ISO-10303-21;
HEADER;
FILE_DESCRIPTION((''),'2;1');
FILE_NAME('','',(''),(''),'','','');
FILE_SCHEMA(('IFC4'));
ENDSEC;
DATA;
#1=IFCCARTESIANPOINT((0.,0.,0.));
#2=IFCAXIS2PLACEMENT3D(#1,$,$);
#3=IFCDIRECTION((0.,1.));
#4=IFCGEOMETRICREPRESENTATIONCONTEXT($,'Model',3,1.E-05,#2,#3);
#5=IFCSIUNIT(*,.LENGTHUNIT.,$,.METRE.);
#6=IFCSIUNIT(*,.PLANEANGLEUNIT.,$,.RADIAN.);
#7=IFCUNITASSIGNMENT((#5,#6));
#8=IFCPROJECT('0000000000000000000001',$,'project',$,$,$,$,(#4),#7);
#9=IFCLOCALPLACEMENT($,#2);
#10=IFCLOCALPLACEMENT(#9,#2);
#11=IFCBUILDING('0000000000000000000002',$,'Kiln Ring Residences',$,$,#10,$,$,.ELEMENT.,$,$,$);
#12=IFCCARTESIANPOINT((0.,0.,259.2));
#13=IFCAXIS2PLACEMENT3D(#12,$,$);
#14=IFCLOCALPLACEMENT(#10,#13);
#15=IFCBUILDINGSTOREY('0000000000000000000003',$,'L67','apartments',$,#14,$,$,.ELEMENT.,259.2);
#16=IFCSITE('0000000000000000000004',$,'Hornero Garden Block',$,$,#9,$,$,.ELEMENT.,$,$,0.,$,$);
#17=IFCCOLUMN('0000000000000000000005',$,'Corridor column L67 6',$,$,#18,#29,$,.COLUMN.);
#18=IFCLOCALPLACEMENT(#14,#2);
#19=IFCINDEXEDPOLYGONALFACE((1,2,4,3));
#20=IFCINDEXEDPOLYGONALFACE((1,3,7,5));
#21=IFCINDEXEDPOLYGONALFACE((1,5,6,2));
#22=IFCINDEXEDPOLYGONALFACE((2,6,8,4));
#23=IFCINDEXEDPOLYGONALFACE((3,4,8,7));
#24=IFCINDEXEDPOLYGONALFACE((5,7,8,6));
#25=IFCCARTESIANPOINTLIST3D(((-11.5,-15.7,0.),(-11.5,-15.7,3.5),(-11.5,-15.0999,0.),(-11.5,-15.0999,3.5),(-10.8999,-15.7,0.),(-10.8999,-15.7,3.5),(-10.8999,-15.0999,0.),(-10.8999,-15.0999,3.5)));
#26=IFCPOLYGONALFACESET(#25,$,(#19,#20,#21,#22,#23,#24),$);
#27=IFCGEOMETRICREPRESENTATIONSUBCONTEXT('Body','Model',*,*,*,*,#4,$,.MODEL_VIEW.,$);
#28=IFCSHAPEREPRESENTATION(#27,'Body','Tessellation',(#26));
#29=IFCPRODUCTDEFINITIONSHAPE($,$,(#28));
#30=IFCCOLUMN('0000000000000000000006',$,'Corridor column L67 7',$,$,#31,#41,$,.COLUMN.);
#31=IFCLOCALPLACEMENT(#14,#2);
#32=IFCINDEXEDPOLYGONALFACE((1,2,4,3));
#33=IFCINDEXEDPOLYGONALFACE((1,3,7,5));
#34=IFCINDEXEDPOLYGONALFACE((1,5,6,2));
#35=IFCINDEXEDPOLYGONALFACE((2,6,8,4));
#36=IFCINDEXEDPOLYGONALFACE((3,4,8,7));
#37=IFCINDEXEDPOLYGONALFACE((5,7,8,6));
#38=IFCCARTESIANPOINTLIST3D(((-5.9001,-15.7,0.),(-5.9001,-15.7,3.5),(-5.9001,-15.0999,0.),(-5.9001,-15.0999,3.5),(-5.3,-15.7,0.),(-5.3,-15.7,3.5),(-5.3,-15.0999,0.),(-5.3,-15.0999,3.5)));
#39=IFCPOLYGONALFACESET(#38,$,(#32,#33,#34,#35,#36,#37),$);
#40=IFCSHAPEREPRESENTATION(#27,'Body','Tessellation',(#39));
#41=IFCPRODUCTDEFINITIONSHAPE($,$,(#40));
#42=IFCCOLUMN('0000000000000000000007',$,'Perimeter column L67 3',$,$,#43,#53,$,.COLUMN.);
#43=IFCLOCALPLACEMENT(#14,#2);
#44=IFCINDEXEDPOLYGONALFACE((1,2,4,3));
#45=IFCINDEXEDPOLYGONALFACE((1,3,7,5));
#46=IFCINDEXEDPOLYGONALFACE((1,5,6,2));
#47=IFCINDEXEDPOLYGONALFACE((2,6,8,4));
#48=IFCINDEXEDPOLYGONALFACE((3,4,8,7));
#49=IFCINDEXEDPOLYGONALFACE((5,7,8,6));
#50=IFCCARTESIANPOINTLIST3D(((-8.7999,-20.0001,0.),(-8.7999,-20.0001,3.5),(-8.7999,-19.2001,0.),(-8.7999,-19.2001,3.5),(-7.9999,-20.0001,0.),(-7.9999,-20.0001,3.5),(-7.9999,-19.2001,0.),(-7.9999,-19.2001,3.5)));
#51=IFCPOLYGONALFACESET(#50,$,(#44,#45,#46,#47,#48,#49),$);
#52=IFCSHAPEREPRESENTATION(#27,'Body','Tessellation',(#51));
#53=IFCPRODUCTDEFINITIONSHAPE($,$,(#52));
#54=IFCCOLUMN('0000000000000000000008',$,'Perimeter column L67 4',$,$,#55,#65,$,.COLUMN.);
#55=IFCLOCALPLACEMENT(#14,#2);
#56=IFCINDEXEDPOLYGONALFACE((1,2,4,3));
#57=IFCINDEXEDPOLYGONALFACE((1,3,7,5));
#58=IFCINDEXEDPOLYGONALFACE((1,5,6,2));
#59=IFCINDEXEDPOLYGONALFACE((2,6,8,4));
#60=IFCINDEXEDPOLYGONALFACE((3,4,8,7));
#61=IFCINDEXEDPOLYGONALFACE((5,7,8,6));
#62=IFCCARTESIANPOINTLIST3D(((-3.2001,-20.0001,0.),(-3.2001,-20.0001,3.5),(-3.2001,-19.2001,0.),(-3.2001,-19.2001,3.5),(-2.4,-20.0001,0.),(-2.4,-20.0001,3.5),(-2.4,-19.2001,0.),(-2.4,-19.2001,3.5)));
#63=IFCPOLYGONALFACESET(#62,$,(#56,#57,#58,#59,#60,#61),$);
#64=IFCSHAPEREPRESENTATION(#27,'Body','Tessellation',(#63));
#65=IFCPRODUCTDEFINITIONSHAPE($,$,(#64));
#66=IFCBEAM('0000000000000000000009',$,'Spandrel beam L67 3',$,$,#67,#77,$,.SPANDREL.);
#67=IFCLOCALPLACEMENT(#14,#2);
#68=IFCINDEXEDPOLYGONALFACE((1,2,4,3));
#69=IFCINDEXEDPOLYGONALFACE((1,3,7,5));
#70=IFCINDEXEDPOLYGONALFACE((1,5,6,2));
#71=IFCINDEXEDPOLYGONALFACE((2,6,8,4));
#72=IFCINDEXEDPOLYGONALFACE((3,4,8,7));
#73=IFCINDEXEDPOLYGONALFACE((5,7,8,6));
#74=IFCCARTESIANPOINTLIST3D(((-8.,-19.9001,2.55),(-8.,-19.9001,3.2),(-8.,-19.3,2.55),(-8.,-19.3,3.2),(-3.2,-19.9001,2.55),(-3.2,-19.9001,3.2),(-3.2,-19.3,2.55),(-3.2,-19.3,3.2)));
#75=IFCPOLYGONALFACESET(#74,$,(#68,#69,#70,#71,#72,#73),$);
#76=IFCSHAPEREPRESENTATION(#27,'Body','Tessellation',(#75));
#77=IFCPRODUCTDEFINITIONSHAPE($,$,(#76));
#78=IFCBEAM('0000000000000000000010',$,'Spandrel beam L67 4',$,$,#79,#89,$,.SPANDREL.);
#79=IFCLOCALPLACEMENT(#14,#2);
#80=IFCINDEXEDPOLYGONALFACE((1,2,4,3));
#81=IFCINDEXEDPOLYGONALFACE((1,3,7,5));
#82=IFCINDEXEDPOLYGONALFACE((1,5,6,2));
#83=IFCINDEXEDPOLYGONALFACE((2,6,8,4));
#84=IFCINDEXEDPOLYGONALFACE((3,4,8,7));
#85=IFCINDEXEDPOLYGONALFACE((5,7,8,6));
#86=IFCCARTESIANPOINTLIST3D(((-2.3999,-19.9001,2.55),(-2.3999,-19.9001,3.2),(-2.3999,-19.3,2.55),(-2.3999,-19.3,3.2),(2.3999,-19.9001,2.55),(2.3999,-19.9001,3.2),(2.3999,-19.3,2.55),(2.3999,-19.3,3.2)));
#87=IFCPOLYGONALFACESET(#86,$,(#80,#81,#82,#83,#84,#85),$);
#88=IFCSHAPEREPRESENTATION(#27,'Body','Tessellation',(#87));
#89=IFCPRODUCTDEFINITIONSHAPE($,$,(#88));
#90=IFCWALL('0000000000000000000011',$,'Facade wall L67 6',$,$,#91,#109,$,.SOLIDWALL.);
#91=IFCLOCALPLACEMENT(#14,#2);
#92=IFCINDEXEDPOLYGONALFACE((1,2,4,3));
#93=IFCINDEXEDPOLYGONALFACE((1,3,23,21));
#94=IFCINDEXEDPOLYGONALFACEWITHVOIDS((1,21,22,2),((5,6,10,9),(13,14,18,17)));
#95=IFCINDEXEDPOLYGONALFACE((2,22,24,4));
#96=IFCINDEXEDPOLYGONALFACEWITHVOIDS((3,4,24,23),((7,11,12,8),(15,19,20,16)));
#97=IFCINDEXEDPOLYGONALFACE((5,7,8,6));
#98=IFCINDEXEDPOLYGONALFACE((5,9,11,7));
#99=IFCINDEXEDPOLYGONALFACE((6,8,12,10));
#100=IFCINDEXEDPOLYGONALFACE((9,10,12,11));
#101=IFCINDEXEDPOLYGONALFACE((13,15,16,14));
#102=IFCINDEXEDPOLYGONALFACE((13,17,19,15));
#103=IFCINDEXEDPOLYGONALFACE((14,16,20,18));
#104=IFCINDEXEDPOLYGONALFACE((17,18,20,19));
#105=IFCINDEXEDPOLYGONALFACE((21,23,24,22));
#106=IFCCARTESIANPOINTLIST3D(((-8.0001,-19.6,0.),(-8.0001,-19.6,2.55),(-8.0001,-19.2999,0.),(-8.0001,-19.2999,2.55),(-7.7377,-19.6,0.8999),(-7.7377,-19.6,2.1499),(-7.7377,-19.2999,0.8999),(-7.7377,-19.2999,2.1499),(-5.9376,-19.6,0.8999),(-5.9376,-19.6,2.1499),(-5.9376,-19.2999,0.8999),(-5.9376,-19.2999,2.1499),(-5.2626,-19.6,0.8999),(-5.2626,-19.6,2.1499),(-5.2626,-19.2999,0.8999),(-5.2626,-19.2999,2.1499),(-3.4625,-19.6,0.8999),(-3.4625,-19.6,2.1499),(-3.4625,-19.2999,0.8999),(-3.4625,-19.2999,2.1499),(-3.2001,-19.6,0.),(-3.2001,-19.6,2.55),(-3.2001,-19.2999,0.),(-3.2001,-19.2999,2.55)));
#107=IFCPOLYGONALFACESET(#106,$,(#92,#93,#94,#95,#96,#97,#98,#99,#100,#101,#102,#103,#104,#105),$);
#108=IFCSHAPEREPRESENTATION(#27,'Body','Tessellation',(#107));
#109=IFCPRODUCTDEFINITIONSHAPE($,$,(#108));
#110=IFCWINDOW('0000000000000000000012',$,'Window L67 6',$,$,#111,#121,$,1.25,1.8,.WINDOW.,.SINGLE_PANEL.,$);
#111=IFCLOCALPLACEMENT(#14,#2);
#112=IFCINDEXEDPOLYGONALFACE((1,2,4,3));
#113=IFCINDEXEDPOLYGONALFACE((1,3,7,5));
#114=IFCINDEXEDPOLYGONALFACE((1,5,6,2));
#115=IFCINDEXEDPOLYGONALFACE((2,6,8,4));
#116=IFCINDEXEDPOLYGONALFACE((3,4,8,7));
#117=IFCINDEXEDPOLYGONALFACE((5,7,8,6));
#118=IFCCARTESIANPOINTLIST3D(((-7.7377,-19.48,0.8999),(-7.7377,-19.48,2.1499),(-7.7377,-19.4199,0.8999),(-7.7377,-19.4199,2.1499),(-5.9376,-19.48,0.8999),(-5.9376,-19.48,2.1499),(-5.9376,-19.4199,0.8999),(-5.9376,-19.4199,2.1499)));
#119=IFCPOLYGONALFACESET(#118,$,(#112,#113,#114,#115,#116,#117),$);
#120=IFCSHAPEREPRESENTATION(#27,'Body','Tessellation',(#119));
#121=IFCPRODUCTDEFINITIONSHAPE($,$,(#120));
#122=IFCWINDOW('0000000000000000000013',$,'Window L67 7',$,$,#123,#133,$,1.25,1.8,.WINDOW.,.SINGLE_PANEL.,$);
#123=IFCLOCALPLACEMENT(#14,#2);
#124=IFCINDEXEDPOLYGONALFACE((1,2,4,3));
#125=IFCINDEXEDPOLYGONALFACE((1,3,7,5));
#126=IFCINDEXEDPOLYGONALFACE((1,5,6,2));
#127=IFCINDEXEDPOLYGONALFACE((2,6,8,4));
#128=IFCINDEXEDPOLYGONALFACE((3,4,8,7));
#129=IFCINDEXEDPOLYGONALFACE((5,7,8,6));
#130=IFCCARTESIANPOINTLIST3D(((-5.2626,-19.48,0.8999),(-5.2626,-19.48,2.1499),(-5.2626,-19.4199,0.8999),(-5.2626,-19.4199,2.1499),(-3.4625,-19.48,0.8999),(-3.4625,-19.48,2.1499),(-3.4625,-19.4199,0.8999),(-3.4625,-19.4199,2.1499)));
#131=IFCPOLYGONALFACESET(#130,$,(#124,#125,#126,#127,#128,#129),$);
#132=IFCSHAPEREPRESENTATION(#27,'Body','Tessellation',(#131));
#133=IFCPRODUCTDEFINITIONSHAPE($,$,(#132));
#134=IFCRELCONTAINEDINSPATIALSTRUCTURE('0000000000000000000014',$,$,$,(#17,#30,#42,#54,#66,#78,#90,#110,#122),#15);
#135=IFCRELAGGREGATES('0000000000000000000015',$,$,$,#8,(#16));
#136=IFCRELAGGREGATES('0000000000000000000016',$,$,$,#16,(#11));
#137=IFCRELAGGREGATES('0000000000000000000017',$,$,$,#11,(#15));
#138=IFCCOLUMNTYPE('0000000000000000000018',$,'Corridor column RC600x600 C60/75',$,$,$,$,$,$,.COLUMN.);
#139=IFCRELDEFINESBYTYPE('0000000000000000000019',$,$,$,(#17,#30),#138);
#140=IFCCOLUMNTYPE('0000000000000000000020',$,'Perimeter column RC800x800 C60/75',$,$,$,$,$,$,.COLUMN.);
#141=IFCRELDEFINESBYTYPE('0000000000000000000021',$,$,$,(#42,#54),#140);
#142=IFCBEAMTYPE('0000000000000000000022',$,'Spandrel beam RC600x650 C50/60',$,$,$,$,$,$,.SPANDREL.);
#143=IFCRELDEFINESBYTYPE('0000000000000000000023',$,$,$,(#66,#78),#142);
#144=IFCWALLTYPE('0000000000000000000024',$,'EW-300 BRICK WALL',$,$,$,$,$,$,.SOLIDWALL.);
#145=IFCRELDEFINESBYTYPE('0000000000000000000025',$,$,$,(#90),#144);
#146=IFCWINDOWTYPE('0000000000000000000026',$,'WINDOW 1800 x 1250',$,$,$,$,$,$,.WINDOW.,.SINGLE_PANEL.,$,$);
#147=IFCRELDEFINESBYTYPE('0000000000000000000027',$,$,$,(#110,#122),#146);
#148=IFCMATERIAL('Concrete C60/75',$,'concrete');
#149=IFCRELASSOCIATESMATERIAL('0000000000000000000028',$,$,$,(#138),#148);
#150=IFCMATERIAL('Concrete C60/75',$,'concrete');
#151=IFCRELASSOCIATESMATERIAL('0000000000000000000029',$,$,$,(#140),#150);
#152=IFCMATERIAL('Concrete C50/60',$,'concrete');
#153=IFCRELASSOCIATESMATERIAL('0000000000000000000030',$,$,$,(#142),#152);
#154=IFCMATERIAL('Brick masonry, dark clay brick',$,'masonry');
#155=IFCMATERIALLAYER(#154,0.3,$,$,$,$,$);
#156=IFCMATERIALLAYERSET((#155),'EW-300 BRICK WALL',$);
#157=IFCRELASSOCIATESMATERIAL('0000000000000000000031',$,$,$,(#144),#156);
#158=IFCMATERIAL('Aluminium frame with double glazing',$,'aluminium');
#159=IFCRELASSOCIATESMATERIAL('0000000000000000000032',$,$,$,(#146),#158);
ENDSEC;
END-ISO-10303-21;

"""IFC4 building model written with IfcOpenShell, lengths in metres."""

from ifc_helpers import new_model, si_unit, direction, frame, frame_2d, origin, origin_2d, place, context, subcontext, project, spatial, rectangle, extrude, material, layer, layer_set, material_profile, profile_set, type_object, element, fill, save


model = new_model("IFC4")

# Units and contexts
model_context = context("Model", 3, precision=1e-05, world=origin(), true_north=direction((0.0, 1.0)))
body_context = subcontext(model_context, "Body", "Model", "MODEL_VIEW")
ifc_project = project(units=[si_unit("LENGTHUNIT", "METRE"), si_unit("PLANEANGLEUNIT", "RADIAN")], contexts=[model_context])

# Site, building, storey
site_placement = place(None, origin())
site = spatial("IfcSite", under=ifc_project, at=site_placement, Name="Hornero Garden Block", CompositionType="ELEMENT", RefElevation=0.0)
building_placement = place(site_placement, origin())
building = spatial("IfcBuilding", under=site, at=building_placement, Name="Kiln Ring Residences", CompositionType="ELEMENT")
storey_placement = place(building_placement, frame((0.0, 0.0, 259.2)))
storey = spatial("IfcBuildingStorey", under=building, at=storey_placement, Name="L67", Description="apartments", CompositionType="ELEMENT", Elevation=259.2)

# Columns
ifc_material_1 = material(Name="Concrete C60/75", Category="concrete")
ifc_material_profile_1 = material_profile(ifc_material_1, rectangle(XDim=0.6001, YDim=0.6001, at=origin_2d()), Name="RC600x600")
ifc_profile_set_1 = profile_set([ifc_material_profile_1], Name="Concrete C60/75")
column_type_1 = type_object("IfcColumnType", Name="Corridor column RC600x600 C60/75", PredefinedType="COLUMN", material=ifc_profile_set_1)
for number, where, z_axis, x_axis, name in (
    (1, (-11.2, -15.3999, 0.0), (0.0, 0.0, 1.0), (1.0, 0.0, 0.0), "Corridor column L67 6"),
    (2, (-5.6001, -15.3999, 0.0), (0.0, 0.0, 1.0), (1.0, 0.0, 0.0), "Corridor column L67 7"),
):
    element("IfcColumn", number, at=place(storey_placement, frame(where, z_axis=z_axis, x_axis=x_axis)), inside=storey, type_object=column_type_1, Name=name, PredefinedType="COLUMN", context=body_context, shape_type="SweptSolid", body=[
        extrude(rectangle(XDim=0.6001, YDim=0.6001, at=origin_2d()), origin(), (0.0, 0.0, 1.0), 3.5),
    ])
ifc_material_2 = material(Name="Concrete C60/75", Category="concrete")
ifc_material_profile_2 = material_profile(ifc_material_2, rectangle(XDim=0.8, YDim=0.8, at=origin_2d()), Name="RC800x800")
ifc_profile_set_2 = profile_set([ifc_material_profile_2], Name="Concrete C60/75")
column_type_2 = type_object("IfcColumnType", Name="Perimeter column RC800x800 C60/75", PredefinedType="COLUMN", material=ifc_profile_set_2)
for number, where, z_axis, x_axis, name in (
    (3, (-8.3999, -19.6001, 0.0), (0.0, 0.0, 1.0), (1.0, 0.0, 0.0), "Perimeter column L67 3"),
    (4, (-2.8, -19.6001, 0.0), (0.0, 0.0, 1.0), (1.0, 0.0, 0.0), "Perimeter column L67 4"),
):
    element("IfcColumn", number, at=place(storey_placement, frame(where, z_axis=z_axis, x_axis=x_axis)), inside=storey, type_object=column_type_2, Name=name, PredefinedType="COLUMN", context=body_context, shape_type="SweptSolid", body=[
        extrude(rectangle(XDim=0.8, YDim=0.8, at=origin_2d()), origin(), (0.0, 0.0, 1.0), 3.5),
    ])

# Beams
ifc_material_3 = material(Name="Concrete C50/60", Category="concrete")
ifc_material_profile_3 = material_profile(ifc_material_3, rectangle(XDim=0.6001, YDim=0.6499, at=origin_2d()), Name="RC600x650")
ifc_profile_set_3 = profile_set([ifc_material_profile_3], Name="Concrete C50/60")
beam_type = type_object("IfcBeamType", Name="Spandrel beam RC600x650 C50/60", PredefinedType="SPANDREL", material=ifc_profile_set_3)
beam_1_placement = place(storey_placement, frame((-8.0, -19.6001, 2.875), z_axis=(1.0, 0.0, 0.0), x_axis=(0.0, 1.0, 0.0)))
element("IfcBeam", 5, at=beam_1_placement, inside=storey, type_object=beam_type, Name="Spandrel beam L67 3", PredefinedType="SPANDREL", context=body_context, shape_type="SweptSolid", body=[
    extrude(rectangle(XDim=0.6001, YDim=0.6499, at=origin_2d()), origin(), (0.0, 0.0, 1.0), 4.8),
])
beam_2_placement = place(storey_placement, frame((-2.3999, -19.6001, 2.875), z_axis=(1.0, 0.0, 0.0), x_axis=(0.0, 1.0, 0.0)))
element("IfcBeam", 6, at=beam_2_placement, inside=storey, type_object=beam_type, Name="Spandrel beam L67 4", PredefinedType="SPANDREL", context=body_context, shape_type="SweptSolid", body=[
    extrude(rectangle(XDim=0.6001, YDim=0.6499, at=origin_2d()), origin(), (0.0, 0.0, 1.0), 4.7998),
])

# Wall, openings, windows
ifc_material_4 = material(Name="Brick masonry, dark clay brick", Category="masonry")
ifc_layer_1 = layer(ifc_material_4, 0.3)
ifc_layer_set_1 = layer_set([ifc_layer_1], Name="EW-300 BRICK WALL")
wall_type_1 = type_object("IfcWallType", Name="EW-300 BRICK WALL", PredefinedType="SOLIDWALL", material=ifc_layer_set_1)
wall_1_placement = place(storey_placement, frame((-8.0, -19.45, 0.0), z_axis=(0.0, 0.0, 1.0), x_axis=(1.0, 0.0, 0.0)))
wall_1 = element("IfcWall", 7, at=wall_1_placement, inside=storey, type_object=wall_type_1, Name="Facade wall L67 6", PredefinedType="SOLIDWALL", context=body_context, shape_type="SweptSolid", body=[
    extrude(rectangle(XDim=4.8, YDim=0.3, at=frame_2d((2.3999, 0.0))), origin(), (0.0, 0.0, 1.0), 2.55),
])
opening_1_placement = place(wall_1_placement, frame((0.2625, 0.0, 0.8999)))
opening_1 = element("IfcOpeningElement", 8, at=opening_1_placement, cuts=wall_1, PredefinedType="OPENING", context=body_context, shape_type="SweptSolid", body=[
    extrude(rectangle(XDim=1.8, YDim=1.25, at=frame_2d((0.8999, 0.625))), frame((0.0, 0.1599, 0.0), z_axis=(0.0, -1.0, 0.0), x_axis=(1.0, 0.0, 0.0)), (0.0, 0.0, 1.0), 0.3201),
])
opening_2_placement = place(wall_1_placement, frame((2.7375, 0.0, 0.8999)))
opening_2 = element("IfcOpeningElement", 9, at=opening_2_placement, cuts=wall_1, PredefinedType="OPENING", context=body_context, shape_type="SweptSolid", body=[
    extrude(rectangle(XDim=1.8, YDim=1.25, at=frame_2d((0.8999, 0.625))), frame((0.0, 0.1599, 0.0), z_axis=(0.0, -1.0, 0.0), x_axis=(1.0, 0.0, 0.0)), (0.0, 0.0, 1.0), 0.3201),
])
ifc_material_5 = material(Name="Aluminium frame with double glazing", Category="aluminium")
window_type_1 = type_object("IfcWindowType", Name="WINDOW 1800 x 1250", PartitioningType="SINGLE_PANEL", PredefinedType="WINDOW", material=ifc_material_5)
window_1_placement = place(opening_1_placement, origin())
window_1 = element("IfcWindow", 10, at=window_1_placement, inside=storey, type_object=window_type_1, Name="Window L67 6", OverallHeight=1.25, OverallWidth=1.8, PartitioningType="SINGLE_PANEL", PredefinedType="WINDOW", context=body_context, shape_type="SweptSolid", body=[
    extrude(rectangle(XDim=1.8, YDim=1.25, at=frame_2d((0.8999, 0.625))), frame((0.0, 0.03, 0.0), z_axis=(0.0, -1.0, 0.0), x_axis=(1.0, 0.0, 0.0)), (0.0, 0.0, 1.0), 0.0601),
])
fill(opening_1, window_1)
window_2_placement = place(opening_2_placement, origin())
window_2 = element("IfcWindow", 11, at=window_2_placement, inside=storey, type_object=window_type_1, Name="Window L67 7", OverallHeight=1.25, OverallWidth=1.8, PartitioningType="SINGLE_PANEL", PredefinedType="WINDOW", context=body_context, shape_type="SweptSolid", body=[
    extrude(rectangle(XDim=1.8, YDim=1.25, at=frame_2d((0.8999, 0.625))), frame((0.0, 0.03, 0.0), z_axis=(0.0, -1.0, 0.0), x_axis=(1.0, 0.0, 0.0)), (0.0, 0.0, 1.0), 0.0601),
])
fill(opening_2, window_2)

save(model, "model.ifc")
